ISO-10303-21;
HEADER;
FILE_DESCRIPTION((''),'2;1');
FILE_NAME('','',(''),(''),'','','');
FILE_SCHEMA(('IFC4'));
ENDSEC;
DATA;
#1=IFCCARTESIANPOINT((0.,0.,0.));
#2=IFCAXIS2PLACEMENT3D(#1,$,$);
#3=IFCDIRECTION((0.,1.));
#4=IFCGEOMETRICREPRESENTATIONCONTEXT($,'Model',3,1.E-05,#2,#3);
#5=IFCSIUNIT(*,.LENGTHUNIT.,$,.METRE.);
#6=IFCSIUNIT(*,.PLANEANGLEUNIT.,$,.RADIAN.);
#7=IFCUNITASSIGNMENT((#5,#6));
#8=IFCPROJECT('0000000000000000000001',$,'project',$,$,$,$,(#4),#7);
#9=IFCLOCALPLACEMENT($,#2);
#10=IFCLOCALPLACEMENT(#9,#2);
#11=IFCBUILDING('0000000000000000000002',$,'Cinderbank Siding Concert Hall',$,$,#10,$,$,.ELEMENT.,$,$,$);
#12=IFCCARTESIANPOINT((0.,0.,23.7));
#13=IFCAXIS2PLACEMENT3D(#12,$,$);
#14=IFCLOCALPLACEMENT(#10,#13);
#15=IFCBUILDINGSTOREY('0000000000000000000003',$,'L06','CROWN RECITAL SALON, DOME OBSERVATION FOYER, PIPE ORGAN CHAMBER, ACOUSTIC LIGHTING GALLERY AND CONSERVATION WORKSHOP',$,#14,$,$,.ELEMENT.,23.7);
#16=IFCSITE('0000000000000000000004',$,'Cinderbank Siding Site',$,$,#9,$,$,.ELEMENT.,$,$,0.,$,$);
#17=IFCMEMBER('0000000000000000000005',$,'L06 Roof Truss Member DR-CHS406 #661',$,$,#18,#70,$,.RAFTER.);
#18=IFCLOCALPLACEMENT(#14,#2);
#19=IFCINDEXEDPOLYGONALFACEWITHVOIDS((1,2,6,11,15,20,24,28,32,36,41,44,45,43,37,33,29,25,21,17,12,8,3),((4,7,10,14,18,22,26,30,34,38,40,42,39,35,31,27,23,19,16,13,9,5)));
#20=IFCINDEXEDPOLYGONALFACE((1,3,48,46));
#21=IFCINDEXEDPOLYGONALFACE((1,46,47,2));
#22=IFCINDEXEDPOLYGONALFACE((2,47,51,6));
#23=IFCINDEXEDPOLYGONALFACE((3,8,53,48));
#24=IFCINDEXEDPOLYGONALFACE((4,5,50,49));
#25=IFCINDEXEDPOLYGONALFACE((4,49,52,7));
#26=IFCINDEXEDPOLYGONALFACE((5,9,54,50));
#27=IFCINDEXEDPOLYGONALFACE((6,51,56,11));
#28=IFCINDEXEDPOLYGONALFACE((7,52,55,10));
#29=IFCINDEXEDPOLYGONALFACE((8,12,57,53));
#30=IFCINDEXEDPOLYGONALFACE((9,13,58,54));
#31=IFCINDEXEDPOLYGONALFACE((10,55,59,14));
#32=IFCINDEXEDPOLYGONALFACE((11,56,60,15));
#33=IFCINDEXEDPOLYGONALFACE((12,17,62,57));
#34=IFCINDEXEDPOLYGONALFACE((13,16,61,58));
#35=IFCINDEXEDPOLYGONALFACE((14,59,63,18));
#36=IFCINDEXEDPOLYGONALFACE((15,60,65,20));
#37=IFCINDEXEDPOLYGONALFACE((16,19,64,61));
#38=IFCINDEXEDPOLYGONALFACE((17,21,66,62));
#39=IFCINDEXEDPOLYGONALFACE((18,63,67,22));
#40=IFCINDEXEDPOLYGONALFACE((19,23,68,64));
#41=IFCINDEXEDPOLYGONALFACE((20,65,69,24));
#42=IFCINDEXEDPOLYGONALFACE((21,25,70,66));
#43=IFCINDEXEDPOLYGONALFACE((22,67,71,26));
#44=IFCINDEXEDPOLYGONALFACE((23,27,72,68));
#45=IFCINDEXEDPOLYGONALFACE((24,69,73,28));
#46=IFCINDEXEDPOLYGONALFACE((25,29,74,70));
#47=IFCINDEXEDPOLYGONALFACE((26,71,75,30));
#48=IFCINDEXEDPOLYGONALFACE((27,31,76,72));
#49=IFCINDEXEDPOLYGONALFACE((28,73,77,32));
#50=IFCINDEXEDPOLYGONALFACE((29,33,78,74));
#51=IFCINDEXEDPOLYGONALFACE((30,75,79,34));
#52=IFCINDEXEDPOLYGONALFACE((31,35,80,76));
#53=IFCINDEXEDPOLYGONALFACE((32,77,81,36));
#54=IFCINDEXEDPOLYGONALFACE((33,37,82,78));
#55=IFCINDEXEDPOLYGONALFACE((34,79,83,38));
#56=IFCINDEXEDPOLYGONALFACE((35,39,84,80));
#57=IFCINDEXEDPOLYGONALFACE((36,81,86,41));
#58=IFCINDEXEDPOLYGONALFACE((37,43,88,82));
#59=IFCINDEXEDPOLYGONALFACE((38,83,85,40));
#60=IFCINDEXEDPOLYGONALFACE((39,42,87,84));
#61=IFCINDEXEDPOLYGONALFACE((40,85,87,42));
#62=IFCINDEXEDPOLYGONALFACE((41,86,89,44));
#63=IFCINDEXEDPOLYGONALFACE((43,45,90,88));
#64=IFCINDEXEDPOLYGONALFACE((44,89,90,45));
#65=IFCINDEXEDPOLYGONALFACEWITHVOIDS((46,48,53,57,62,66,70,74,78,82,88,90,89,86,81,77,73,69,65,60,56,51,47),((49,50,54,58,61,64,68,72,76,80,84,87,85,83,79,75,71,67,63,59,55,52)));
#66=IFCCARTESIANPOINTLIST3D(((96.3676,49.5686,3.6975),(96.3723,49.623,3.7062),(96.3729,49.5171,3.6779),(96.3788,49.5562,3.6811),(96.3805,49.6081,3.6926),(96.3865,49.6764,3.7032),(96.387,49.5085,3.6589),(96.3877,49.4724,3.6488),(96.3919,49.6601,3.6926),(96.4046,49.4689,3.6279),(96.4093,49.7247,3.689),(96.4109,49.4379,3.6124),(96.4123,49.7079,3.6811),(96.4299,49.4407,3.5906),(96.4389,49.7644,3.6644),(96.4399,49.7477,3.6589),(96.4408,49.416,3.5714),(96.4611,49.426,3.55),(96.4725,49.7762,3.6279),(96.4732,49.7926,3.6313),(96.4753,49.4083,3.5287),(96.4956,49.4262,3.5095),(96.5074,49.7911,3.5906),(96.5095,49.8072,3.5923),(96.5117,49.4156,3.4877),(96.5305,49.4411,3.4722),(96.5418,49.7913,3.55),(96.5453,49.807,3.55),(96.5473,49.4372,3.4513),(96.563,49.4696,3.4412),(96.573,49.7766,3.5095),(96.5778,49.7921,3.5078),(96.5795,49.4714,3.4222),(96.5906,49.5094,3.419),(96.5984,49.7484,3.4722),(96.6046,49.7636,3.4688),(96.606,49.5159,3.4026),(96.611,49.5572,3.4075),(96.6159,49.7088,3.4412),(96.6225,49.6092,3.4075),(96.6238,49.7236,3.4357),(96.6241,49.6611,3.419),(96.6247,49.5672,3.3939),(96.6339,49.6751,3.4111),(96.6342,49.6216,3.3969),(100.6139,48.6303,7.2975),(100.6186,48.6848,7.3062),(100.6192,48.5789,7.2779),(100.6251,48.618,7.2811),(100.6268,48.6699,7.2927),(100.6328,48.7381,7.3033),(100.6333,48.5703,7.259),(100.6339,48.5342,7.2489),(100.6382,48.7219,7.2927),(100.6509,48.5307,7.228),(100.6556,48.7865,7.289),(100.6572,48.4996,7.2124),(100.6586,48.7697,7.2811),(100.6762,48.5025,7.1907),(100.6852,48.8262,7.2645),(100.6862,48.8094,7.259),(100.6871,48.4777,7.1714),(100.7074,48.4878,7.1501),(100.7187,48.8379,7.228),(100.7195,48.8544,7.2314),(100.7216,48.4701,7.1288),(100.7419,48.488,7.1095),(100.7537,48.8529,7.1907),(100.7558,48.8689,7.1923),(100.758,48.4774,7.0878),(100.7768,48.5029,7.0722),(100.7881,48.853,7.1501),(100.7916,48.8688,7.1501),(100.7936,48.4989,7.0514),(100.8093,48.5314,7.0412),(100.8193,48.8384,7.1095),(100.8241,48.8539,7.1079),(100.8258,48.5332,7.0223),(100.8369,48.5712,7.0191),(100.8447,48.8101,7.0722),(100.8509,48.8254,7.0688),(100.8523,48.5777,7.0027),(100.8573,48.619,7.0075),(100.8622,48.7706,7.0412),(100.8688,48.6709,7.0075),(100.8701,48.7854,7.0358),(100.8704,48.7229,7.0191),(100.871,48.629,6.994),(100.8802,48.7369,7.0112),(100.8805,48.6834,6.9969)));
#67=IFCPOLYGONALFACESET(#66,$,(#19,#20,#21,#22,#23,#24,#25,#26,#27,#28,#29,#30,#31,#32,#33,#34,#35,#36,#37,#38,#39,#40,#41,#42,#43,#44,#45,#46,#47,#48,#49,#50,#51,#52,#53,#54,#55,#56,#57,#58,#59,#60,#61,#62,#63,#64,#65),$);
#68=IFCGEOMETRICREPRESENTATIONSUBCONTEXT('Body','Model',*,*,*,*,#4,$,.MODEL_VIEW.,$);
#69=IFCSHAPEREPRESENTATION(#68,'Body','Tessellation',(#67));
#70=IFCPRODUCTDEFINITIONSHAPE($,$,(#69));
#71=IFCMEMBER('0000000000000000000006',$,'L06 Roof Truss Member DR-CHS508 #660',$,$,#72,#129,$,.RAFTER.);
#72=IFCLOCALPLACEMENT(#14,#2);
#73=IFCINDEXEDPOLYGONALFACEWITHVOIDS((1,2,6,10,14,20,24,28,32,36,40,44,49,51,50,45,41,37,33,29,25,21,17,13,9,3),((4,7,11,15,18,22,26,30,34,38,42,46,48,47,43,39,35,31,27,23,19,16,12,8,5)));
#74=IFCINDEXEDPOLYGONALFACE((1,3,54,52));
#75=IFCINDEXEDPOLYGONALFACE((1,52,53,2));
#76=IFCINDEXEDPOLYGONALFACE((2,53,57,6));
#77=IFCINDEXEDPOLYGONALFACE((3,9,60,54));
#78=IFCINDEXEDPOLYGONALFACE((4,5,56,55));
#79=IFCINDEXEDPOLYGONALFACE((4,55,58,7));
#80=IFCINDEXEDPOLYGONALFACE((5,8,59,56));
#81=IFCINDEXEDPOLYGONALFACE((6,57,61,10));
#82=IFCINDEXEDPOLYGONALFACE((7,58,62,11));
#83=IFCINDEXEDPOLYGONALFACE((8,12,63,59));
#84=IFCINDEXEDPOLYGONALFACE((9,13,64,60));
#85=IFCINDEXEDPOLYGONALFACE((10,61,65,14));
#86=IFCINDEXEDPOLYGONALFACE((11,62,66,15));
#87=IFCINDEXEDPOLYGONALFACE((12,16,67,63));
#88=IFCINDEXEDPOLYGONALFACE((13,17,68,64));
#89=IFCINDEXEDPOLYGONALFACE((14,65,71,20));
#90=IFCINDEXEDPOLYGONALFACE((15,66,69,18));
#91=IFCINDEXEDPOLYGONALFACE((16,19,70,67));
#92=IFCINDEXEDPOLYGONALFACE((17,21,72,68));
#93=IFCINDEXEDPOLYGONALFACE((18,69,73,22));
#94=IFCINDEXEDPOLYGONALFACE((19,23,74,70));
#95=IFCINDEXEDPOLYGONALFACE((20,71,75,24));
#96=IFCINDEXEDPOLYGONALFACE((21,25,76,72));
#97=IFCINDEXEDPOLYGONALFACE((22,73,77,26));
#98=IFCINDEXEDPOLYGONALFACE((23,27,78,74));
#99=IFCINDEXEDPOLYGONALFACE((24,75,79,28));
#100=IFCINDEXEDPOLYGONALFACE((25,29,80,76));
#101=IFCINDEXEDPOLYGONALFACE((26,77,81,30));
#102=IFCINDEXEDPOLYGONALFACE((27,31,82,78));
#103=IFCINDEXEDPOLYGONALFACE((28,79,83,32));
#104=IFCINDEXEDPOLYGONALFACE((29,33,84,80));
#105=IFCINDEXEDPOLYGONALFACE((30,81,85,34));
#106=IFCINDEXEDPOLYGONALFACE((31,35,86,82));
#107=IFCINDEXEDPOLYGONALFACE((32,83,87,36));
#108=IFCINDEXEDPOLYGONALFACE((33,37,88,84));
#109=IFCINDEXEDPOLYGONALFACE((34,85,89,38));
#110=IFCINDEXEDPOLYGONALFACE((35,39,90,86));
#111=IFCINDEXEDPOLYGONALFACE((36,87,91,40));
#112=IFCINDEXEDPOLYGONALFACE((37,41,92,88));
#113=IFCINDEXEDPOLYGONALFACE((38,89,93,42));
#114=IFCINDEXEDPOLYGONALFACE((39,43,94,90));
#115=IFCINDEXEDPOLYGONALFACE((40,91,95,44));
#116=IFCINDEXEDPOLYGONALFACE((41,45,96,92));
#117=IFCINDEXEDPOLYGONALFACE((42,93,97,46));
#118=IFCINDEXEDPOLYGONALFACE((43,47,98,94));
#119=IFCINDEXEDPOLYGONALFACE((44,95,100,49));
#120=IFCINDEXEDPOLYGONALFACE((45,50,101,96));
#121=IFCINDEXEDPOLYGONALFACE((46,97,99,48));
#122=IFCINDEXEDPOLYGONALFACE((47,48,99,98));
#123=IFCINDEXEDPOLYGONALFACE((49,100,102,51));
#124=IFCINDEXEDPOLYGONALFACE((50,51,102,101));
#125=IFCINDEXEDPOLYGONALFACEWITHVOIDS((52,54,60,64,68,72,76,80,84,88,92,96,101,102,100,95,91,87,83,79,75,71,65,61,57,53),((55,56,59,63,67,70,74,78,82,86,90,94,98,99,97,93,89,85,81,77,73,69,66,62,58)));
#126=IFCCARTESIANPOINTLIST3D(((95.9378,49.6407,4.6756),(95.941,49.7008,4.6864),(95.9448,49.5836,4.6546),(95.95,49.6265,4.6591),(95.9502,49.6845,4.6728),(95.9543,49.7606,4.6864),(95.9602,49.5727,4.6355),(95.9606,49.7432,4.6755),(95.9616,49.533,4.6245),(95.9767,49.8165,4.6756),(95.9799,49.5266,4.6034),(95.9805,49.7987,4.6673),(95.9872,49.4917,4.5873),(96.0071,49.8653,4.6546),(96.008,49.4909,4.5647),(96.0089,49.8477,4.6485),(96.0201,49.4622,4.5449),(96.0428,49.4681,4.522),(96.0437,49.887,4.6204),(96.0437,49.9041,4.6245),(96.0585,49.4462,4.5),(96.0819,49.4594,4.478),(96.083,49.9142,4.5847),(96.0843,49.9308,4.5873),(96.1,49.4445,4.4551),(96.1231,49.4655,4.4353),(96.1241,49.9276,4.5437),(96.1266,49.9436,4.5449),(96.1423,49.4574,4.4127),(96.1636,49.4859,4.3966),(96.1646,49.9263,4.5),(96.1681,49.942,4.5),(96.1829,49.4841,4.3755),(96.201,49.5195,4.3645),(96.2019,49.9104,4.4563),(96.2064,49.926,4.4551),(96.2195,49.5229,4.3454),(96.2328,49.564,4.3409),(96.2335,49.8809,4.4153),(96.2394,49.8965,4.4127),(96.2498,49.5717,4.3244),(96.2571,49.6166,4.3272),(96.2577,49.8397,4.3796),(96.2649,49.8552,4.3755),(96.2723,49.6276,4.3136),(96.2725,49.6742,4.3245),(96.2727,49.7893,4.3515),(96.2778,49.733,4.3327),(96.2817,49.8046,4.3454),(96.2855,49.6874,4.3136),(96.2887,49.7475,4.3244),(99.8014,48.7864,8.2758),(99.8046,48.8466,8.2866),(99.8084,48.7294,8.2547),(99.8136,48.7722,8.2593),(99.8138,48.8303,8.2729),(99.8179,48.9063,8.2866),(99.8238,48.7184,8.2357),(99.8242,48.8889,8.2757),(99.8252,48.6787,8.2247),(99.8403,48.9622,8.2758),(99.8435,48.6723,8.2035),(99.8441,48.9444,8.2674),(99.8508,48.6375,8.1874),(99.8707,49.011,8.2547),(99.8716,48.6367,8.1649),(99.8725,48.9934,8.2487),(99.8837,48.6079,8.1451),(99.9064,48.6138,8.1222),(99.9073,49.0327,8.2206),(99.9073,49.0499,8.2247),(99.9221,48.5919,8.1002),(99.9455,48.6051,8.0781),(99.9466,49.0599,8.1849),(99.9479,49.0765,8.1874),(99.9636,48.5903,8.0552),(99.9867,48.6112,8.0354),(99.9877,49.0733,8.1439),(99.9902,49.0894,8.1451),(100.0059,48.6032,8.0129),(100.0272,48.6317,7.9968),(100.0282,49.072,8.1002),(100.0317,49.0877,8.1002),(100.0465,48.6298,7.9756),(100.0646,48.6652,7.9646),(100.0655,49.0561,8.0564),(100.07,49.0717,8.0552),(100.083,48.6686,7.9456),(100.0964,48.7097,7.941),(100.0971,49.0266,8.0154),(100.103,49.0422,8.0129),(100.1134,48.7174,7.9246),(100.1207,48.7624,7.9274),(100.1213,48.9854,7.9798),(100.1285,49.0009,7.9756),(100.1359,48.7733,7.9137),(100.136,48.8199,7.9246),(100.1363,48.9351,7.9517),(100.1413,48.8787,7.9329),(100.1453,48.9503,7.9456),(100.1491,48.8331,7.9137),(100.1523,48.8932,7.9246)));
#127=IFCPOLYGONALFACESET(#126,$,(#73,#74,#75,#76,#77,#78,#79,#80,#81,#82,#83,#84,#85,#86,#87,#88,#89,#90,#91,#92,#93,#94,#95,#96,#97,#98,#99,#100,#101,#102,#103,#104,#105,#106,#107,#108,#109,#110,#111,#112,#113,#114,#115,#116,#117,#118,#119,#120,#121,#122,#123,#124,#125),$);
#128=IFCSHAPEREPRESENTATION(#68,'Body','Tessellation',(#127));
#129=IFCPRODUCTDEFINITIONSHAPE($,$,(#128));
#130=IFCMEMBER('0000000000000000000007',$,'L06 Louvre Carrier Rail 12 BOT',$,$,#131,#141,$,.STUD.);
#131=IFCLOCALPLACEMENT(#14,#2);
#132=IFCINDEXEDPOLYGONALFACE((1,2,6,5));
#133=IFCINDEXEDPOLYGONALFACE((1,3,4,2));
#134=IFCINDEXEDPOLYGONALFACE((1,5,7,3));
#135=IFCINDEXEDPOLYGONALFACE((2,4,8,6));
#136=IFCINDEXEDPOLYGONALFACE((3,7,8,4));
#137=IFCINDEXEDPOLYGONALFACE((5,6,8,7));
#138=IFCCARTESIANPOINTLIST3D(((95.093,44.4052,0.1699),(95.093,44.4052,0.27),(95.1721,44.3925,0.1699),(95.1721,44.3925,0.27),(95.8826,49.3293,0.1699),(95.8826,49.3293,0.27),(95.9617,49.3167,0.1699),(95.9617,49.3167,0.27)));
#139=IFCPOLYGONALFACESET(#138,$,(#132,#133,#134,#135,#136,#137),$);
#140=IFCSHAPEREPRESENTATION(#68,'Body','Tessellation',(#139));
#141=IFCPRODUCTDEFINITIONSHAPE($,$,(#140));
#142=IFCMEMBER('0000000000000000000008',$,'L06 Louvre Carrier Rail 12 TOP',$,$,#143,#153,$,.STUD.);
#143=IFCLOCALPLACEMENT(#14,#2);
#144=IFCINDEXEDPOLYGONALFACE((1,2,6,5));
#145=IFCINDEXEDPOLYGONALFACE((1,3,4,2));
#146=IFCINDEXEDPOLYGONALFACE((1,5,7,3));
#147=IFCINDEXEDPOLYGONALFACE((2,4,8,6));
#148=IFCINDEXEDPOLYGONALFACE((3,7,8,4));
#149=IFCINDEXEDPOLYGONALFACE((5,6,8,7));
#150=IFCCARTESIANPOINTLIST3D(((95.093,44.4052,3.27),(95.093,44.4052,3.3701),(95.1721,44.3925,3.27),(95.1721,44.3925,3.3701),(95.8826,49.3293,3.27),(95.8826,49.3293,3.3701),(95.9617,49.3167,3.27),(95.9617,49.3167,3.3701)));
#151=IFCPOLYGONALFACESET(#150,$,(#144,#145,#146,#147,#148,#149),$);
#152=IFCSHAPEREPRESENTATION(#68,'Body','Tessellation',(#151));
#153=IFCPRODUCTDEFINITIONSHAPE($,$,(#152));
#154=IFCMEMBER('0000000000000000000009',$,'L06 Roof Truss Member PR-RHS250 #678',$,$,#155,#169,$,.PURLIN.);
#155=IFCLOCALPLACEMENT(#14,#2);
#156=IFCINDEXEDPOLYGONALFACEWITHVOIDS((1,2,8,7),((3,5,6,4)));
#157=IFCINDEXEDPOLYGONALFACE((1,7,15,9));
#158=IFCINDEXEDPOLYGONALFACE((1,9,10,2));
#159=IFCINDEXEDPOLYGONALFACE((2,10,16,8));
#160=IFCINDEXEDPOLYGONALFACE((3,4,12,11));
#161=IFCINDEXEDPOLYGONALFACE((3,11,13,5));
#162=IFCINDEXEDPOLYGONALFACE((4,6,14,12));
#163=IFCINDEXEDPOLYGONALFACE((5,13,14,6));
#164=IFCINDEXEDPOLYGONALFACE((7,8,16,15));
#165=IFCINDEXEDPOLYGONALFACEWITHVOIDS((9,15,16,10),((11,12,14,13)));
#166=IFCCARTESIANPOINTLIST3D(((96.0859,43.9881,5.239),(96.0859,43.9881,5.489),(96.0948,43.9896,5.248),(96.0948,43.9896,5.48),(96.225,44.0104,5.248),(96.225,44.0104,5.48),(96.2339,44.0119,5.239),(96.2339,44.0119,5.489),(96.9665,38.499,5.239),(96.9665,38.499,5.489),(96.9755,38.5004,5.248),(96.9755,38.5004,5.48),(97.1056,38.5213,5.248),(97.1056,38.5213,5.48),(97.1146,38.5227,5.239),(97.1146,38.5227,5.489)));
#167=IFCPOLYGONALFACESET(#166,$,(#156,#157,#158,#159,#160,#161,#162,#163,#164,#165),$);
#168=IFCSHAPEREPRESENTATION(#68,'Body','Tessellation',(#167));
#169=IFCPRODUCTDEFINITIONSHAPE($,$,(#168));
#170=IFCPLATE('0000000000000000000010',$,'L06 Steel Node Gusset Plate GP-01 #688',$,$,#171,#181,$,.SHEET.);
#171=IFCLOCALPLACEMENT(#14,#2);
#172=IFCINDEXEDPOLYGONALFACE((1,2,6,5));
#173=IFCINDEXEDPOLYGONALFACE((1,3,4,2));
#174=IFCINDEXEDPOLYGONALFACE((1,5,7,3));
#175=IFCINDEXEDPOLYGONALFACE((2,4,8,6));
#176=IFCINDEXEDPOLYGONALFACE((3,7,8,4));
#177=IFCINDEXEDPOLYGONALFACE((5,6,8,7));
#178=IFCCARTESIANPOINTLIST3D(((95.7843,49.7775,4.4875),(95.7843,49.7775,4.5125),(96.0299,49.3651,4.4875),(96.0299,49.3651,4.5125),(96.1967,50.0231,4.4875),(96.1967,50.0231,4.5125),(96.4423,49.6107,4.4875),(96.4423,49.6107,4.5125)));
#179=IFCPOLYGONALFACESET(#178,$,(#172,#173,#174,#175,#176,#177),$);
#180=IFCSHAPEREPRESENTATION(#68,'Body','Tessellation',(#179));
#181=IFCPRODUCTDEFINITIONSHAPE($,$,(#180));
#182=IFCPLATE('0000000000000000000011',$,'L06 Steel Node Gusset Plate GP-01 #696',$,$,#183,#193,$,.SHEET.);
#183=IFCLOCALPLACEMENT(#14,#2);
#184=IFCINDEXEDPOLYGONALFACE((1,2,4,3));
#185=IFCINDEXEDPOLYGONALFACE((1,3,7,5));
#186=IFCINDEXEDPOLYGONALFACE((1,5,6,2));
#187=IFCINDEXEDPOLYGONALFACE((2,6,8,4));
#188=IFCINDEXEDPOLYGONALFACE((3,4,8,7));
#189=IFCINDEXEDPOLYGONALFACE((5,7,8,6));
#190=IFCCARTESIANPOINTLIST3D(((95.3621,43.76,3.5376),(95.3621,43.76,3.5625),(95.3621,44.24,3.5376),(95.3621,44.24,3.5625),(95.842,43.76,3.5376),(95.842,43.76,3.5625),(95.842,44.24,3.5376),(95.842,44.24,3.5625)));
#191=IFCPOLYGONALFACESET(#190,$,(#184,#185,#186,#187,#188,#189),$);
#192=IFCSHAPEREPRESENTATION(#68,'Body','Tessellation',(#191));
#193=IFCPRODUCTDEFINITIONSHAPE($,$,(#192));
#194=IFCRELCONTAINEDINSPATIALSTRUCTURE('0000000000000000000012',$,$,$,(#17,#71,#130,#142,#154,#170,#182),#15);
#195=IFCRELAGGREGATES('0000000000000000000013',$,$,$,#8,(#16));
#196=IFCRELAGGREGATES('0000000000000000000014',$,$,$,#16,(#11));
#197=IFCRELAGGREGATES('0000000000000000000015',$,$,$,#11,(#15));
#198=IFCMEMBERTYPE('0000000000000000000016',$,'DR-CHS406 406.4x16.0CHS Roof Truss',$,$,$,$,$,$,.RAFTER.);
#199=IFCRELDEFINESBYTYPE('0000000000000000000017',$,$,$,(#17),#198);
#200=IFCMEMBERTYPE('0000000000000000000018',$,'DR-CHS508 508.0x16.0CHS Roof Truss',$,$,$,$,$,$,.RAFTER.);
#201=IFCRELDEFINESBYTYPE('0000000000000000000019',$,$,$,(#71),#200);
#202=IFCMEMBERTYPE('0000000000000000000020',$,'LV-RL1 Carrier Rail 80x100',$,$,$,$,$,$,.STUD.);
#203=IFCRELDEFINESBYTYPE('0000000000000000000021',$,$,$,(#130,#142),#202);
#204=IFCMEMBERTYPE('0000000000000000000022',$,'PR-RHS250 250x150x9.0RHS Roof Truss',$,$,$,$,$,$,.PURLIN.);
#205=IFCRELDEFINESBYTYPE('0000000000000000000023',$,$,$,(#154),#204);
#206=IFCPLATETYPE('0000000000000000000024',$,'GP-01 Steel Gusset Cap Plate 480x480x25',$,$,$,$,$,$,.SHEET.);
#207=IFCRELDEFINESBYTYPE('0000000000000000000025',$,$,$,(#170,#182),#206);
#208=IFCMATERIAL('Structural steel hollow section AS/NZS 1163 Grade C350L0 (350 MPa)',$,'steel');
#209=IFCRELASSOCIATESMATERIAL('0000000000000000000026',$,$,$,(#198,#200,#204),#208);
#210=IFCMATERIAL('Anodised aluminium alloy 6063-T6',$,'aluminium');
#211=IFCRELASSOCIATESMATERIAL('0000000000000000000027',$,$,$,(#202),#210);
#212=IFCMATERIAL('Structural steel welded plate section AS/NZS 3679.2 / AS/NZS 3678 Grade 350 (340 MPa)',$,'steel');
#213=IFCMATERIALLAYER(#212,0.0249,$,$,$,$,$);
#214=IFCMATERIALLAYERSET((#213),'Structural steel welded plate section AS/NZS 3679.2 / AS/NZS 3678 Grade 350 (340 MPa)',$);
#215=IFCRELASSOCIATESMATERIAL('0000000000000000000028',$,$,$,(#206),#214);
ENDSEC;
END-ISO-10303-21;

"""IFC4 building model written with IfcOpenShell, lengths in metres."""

from ifc_helpers import new_model, si_unit, direction, frame, origin, origin_2d, place, context, subcontext, project, spatial, rectangle, hollow_rectangle, hollow_circle, extrude, material, layer, layer_set, material_profile, profile_set, type_object, element, save


model = new_model("IFC4")

# Units and contexts
model_context = context("Model", 3, precision=1e-05, world=origin(), true_north=direction((0.0, 1.0)))
body_context = subcontext(model_context, "Body", "Model", "MODEL_VIEW")
ifc_project = project(units=[si_unit("LENGTHUNIT", "METRE"), si_unit("PLANEANGLEUNIT", "RADIAN")], contexts=[model_context])

# Site, building, storey
site_placement = place(None, origin())
site = spatial("IfcSite", under=ifc_project, at=site_placement, Name="Cinderbank Siding Site", CompositionType="ELEMENT", RefElevation=0.0)
building_placement = place(site_placement, origin())
building = spatial("IfcBuilding", under=site, at=building_placement, Name="Cinderbank Siding Concert Hall", CompositionType="ELEMENT")
storey_placement = place(building_placement, frame((0.0, 0.0, 23.7)))
storey = spatial("IfcBuildingStorey", under=building, at=storey_placement, Name="L06", Description="CROWN RECITAL SALON, DOME OBSERVATION FOYER, PIPE ORGAN CHAMBER, ACOUSTIC LIGHTING GALLERY AND CONSERVATION WORKSHOP", CompositionType="ELEMENT", Elevation=23.7)

# Shared definitions
ifc_material_1 = material(Name="Structural steel welded plate section AS/NZS 3679.2 / AS/NZS 3678 Grade 350 (340 MPa)", Category="steel")

# Members
ifc_material_2 = material(Name="Structural steel hollow section AS/NZS 1163 Grade C350L0 (350 MPa)", Category="steel")
ifc_material_profile_1 = material_profile(ifc_material_2, hollow_circle(Radius=0.2031, WallThickness=0.0161, at=origin_2d()), Name="406.4x16.0CHS", Category="LoadBearing")
ifc_profile_set_1 = profile_set([ifc_material_profile_1], Name="Structural steel hollow section AS/NZS 1163 Grade C350L0 (350 MPa)")
member_type_1 = type_object("IfcMemberType", Name="DR-CHS406 406.4x16.0CHS Roof Truss", PredefinedType="RAFTER", material=ifc_profile_set_1)
member_1_placement = place(storey_placement, frame((96.5015, 49.6086, 3.55), z_axis=(0.752155, -0.166189, 0.637686), x_axis=(0.215747, 0.976449, 0.0)))
element("IfcMember", 1, at=member_1_placement, inside=storey, type_object=member_type_1, Name="L06 Roof Truss Member DR-CHS406 #661", PredefinedType="RAFTER", context=body_context, shape_type="SweptSolid", body=[
    extrude(hollow_circle(Radius=0.2031, WallThickness=0.0161, at=origin_2d()), origin(), (0.0, 0.0, 1.0), 5.6455),
])
ifc_material_profile_2 = material_profile(ifc_material_2, hollow_circle(Radius=0.2539, WallThickness=0.0161, at=origin_2d()), Name="508.0x16.0CHS", Category="LoadBearing")
ifc_profile_set_2 = profile_set([ifc_material_profile_2], Name="Structural steel hollow section AS/NZS 1163 Grade C350L0 (350 MPa)")
member_type_2 = type_object("IfcMemberType", Name="DR-CHS508 508.0x16.0CHS Roof Truss", PredefinedType="RAFTER", material=ifc_profile_set_2)
member_2_placement = place(storey_placement, frame((96.1133, 49.6941, 4.5), z_axis=(0.72222, -0.159687, 0.672977), x_axis=(0.215892, 0.976417, 0.0)))
element("IfcMember", 2, at=member_2_placement, inside=storey, type_object=member_type_2, Name="L06 Roof Truss Member DR-CHS508 #660", PredefinedType="RAFTER", context=body_context, shape_type="SweptSolid", body=[
    extrude(hollow_circle(Radius=0.2539, WallThickness=0.0161, at=origin_2d()), origin(), (0.0, 0.0, 1.0), 5.3496),
])
ifc_material_3 = material(Name="Anodised aluminium alloy 6063-T6", Category="aluminium")
ifc_material_profile_3 = material_profile(ifc_material_3, rectangle(XDim=0.0801, YDim=0.1001, at=origin_2d()), Name="ALU-RAIL-80x100", Category="LoadBearing")
ifc_profile_set_3 = profile_set([ifc_material_profile_3], Name="Anodised aluminium alloy 6063-T6")
member_type_3 = type_object("IfcMemberType", Name="LV-RL1 Carrier Rail 80x100", PredefinedType="STUD", material=ifc_profile_set_3)
for number, where, z_axis, x_axis, name in (
    (3, (95.9221, 49.323, 0.22), (-0.158323, -0.987387, 0.0), (0.987387, -0.158323, 0.0), "L06 Louvre Carrier Rail 12 BOT"),
    (4, (95.9221, 49.323, 3.3201), (-0.158323, -0.987387, 0.0), (0.987387, -0.158323, 0.0), "L06 Louvre Carrier Rail 12 TOP"),
):
    element("IfcMember", number, at=place(storey_placement, frame(where, z_axis=z_axis, x_axis=x_axis)), inside=storey, type_object=member_type_3, Name=name, PredefinedType="STUD", context=body_context, shape_type="SweptSolid", body=[
        extrude(rectangle(XDim=0.0801, YDim=0.1001, at=origin_2d()), origin(), (0.0, 0.0, 1.0), 4.9871),
    ])
ifc_material_profile_4 = material_profile(ifc_material_2, hollow_rectangle(XDim=0.1499, YDim=0.25, WallThickness=0.009, at=origin_2d()), Name="250x150x9.0RHS", Category="LoadBearing")
ifc_profile_set_4 = profile_set([ifc_material_profile_4], Name="Structural steel hollow section AS/NZS 1163 Grade C350L0 (350 MPa)")
member_type_4 = type_object("IfcMemberType", Name="PR-RHS250 250x150x9.0RHS Roof Truss", PredefinedType="PURLIN", material=ifc_profile_set_4)
member_3_placement = place(storey_placement, frame((96.1599, 44.0, 5.364), z_axis=(0.158407, -0.987374, 0.0), x_axis=(0.987374, 0.158407, 0.0)))
element("IfcMember", 5, at=member_3_placement, inside=storey, type_object=member_type_4, Name="L06 Roof Truss Member PR-RHS250 #678", PredefinedType="PURLIN", context=body_context, shape_type="SweptSolid", body=[
    extrude(hollow_rectangle(XDim=0.1499, YDim=0.25, WallThickness=0.009, at=origin_2d()), origin(), (0.0, 0.0, 1.0), 5.5593),
])

# Plates
ifc_layer_1 = layer(ifc_material_1, 0.0249)
ifc_layer_set_1 = layer_set([ifc_layer_1], Name="Structural steel welded plate section AS/NZS 3679.2 / AS/NZS 3678 Grade 350 (340 MPa)")
plate_type = type_object("IfcPlateType", Name="GP-01 Steel Gusset Cap Plate 480x480x25", PredefinedType="SHEET", material=ifc_layer_set_1)
for number, where, z_axis, x_axis, name in (
    (6, (96.1133, 49.6941, 4.4875), (0.0, 0.0, 1.0), (0.859228, 0.511593, 0.0), "L06 Steel Node Gusset Plate GP-01 #688"),
    (7, (95.6021, 44.0, 3.5376), (0.0, 0.0, 1.0), (1.0, 0.0, 0.0), "L06 Steel Node Gusset Plate GP-01 #696"),
):
    element("IfcPlate", number, at=place(storey_placement, frame(where, z_axis=z_axis, x_axis=x_axis)), inside=storey, type_object=plate_type, Name=name, PredefinedType="SHEET", context=body_context, shape_type="SweptSolid", body=[
        extrude(rectangle(XDim=0.48, YDim=0.48, at=origin_2d()), origin(), (0.0, 0.0, 1.0), 0.0249),
    ])

save(model, "model.ifc")
